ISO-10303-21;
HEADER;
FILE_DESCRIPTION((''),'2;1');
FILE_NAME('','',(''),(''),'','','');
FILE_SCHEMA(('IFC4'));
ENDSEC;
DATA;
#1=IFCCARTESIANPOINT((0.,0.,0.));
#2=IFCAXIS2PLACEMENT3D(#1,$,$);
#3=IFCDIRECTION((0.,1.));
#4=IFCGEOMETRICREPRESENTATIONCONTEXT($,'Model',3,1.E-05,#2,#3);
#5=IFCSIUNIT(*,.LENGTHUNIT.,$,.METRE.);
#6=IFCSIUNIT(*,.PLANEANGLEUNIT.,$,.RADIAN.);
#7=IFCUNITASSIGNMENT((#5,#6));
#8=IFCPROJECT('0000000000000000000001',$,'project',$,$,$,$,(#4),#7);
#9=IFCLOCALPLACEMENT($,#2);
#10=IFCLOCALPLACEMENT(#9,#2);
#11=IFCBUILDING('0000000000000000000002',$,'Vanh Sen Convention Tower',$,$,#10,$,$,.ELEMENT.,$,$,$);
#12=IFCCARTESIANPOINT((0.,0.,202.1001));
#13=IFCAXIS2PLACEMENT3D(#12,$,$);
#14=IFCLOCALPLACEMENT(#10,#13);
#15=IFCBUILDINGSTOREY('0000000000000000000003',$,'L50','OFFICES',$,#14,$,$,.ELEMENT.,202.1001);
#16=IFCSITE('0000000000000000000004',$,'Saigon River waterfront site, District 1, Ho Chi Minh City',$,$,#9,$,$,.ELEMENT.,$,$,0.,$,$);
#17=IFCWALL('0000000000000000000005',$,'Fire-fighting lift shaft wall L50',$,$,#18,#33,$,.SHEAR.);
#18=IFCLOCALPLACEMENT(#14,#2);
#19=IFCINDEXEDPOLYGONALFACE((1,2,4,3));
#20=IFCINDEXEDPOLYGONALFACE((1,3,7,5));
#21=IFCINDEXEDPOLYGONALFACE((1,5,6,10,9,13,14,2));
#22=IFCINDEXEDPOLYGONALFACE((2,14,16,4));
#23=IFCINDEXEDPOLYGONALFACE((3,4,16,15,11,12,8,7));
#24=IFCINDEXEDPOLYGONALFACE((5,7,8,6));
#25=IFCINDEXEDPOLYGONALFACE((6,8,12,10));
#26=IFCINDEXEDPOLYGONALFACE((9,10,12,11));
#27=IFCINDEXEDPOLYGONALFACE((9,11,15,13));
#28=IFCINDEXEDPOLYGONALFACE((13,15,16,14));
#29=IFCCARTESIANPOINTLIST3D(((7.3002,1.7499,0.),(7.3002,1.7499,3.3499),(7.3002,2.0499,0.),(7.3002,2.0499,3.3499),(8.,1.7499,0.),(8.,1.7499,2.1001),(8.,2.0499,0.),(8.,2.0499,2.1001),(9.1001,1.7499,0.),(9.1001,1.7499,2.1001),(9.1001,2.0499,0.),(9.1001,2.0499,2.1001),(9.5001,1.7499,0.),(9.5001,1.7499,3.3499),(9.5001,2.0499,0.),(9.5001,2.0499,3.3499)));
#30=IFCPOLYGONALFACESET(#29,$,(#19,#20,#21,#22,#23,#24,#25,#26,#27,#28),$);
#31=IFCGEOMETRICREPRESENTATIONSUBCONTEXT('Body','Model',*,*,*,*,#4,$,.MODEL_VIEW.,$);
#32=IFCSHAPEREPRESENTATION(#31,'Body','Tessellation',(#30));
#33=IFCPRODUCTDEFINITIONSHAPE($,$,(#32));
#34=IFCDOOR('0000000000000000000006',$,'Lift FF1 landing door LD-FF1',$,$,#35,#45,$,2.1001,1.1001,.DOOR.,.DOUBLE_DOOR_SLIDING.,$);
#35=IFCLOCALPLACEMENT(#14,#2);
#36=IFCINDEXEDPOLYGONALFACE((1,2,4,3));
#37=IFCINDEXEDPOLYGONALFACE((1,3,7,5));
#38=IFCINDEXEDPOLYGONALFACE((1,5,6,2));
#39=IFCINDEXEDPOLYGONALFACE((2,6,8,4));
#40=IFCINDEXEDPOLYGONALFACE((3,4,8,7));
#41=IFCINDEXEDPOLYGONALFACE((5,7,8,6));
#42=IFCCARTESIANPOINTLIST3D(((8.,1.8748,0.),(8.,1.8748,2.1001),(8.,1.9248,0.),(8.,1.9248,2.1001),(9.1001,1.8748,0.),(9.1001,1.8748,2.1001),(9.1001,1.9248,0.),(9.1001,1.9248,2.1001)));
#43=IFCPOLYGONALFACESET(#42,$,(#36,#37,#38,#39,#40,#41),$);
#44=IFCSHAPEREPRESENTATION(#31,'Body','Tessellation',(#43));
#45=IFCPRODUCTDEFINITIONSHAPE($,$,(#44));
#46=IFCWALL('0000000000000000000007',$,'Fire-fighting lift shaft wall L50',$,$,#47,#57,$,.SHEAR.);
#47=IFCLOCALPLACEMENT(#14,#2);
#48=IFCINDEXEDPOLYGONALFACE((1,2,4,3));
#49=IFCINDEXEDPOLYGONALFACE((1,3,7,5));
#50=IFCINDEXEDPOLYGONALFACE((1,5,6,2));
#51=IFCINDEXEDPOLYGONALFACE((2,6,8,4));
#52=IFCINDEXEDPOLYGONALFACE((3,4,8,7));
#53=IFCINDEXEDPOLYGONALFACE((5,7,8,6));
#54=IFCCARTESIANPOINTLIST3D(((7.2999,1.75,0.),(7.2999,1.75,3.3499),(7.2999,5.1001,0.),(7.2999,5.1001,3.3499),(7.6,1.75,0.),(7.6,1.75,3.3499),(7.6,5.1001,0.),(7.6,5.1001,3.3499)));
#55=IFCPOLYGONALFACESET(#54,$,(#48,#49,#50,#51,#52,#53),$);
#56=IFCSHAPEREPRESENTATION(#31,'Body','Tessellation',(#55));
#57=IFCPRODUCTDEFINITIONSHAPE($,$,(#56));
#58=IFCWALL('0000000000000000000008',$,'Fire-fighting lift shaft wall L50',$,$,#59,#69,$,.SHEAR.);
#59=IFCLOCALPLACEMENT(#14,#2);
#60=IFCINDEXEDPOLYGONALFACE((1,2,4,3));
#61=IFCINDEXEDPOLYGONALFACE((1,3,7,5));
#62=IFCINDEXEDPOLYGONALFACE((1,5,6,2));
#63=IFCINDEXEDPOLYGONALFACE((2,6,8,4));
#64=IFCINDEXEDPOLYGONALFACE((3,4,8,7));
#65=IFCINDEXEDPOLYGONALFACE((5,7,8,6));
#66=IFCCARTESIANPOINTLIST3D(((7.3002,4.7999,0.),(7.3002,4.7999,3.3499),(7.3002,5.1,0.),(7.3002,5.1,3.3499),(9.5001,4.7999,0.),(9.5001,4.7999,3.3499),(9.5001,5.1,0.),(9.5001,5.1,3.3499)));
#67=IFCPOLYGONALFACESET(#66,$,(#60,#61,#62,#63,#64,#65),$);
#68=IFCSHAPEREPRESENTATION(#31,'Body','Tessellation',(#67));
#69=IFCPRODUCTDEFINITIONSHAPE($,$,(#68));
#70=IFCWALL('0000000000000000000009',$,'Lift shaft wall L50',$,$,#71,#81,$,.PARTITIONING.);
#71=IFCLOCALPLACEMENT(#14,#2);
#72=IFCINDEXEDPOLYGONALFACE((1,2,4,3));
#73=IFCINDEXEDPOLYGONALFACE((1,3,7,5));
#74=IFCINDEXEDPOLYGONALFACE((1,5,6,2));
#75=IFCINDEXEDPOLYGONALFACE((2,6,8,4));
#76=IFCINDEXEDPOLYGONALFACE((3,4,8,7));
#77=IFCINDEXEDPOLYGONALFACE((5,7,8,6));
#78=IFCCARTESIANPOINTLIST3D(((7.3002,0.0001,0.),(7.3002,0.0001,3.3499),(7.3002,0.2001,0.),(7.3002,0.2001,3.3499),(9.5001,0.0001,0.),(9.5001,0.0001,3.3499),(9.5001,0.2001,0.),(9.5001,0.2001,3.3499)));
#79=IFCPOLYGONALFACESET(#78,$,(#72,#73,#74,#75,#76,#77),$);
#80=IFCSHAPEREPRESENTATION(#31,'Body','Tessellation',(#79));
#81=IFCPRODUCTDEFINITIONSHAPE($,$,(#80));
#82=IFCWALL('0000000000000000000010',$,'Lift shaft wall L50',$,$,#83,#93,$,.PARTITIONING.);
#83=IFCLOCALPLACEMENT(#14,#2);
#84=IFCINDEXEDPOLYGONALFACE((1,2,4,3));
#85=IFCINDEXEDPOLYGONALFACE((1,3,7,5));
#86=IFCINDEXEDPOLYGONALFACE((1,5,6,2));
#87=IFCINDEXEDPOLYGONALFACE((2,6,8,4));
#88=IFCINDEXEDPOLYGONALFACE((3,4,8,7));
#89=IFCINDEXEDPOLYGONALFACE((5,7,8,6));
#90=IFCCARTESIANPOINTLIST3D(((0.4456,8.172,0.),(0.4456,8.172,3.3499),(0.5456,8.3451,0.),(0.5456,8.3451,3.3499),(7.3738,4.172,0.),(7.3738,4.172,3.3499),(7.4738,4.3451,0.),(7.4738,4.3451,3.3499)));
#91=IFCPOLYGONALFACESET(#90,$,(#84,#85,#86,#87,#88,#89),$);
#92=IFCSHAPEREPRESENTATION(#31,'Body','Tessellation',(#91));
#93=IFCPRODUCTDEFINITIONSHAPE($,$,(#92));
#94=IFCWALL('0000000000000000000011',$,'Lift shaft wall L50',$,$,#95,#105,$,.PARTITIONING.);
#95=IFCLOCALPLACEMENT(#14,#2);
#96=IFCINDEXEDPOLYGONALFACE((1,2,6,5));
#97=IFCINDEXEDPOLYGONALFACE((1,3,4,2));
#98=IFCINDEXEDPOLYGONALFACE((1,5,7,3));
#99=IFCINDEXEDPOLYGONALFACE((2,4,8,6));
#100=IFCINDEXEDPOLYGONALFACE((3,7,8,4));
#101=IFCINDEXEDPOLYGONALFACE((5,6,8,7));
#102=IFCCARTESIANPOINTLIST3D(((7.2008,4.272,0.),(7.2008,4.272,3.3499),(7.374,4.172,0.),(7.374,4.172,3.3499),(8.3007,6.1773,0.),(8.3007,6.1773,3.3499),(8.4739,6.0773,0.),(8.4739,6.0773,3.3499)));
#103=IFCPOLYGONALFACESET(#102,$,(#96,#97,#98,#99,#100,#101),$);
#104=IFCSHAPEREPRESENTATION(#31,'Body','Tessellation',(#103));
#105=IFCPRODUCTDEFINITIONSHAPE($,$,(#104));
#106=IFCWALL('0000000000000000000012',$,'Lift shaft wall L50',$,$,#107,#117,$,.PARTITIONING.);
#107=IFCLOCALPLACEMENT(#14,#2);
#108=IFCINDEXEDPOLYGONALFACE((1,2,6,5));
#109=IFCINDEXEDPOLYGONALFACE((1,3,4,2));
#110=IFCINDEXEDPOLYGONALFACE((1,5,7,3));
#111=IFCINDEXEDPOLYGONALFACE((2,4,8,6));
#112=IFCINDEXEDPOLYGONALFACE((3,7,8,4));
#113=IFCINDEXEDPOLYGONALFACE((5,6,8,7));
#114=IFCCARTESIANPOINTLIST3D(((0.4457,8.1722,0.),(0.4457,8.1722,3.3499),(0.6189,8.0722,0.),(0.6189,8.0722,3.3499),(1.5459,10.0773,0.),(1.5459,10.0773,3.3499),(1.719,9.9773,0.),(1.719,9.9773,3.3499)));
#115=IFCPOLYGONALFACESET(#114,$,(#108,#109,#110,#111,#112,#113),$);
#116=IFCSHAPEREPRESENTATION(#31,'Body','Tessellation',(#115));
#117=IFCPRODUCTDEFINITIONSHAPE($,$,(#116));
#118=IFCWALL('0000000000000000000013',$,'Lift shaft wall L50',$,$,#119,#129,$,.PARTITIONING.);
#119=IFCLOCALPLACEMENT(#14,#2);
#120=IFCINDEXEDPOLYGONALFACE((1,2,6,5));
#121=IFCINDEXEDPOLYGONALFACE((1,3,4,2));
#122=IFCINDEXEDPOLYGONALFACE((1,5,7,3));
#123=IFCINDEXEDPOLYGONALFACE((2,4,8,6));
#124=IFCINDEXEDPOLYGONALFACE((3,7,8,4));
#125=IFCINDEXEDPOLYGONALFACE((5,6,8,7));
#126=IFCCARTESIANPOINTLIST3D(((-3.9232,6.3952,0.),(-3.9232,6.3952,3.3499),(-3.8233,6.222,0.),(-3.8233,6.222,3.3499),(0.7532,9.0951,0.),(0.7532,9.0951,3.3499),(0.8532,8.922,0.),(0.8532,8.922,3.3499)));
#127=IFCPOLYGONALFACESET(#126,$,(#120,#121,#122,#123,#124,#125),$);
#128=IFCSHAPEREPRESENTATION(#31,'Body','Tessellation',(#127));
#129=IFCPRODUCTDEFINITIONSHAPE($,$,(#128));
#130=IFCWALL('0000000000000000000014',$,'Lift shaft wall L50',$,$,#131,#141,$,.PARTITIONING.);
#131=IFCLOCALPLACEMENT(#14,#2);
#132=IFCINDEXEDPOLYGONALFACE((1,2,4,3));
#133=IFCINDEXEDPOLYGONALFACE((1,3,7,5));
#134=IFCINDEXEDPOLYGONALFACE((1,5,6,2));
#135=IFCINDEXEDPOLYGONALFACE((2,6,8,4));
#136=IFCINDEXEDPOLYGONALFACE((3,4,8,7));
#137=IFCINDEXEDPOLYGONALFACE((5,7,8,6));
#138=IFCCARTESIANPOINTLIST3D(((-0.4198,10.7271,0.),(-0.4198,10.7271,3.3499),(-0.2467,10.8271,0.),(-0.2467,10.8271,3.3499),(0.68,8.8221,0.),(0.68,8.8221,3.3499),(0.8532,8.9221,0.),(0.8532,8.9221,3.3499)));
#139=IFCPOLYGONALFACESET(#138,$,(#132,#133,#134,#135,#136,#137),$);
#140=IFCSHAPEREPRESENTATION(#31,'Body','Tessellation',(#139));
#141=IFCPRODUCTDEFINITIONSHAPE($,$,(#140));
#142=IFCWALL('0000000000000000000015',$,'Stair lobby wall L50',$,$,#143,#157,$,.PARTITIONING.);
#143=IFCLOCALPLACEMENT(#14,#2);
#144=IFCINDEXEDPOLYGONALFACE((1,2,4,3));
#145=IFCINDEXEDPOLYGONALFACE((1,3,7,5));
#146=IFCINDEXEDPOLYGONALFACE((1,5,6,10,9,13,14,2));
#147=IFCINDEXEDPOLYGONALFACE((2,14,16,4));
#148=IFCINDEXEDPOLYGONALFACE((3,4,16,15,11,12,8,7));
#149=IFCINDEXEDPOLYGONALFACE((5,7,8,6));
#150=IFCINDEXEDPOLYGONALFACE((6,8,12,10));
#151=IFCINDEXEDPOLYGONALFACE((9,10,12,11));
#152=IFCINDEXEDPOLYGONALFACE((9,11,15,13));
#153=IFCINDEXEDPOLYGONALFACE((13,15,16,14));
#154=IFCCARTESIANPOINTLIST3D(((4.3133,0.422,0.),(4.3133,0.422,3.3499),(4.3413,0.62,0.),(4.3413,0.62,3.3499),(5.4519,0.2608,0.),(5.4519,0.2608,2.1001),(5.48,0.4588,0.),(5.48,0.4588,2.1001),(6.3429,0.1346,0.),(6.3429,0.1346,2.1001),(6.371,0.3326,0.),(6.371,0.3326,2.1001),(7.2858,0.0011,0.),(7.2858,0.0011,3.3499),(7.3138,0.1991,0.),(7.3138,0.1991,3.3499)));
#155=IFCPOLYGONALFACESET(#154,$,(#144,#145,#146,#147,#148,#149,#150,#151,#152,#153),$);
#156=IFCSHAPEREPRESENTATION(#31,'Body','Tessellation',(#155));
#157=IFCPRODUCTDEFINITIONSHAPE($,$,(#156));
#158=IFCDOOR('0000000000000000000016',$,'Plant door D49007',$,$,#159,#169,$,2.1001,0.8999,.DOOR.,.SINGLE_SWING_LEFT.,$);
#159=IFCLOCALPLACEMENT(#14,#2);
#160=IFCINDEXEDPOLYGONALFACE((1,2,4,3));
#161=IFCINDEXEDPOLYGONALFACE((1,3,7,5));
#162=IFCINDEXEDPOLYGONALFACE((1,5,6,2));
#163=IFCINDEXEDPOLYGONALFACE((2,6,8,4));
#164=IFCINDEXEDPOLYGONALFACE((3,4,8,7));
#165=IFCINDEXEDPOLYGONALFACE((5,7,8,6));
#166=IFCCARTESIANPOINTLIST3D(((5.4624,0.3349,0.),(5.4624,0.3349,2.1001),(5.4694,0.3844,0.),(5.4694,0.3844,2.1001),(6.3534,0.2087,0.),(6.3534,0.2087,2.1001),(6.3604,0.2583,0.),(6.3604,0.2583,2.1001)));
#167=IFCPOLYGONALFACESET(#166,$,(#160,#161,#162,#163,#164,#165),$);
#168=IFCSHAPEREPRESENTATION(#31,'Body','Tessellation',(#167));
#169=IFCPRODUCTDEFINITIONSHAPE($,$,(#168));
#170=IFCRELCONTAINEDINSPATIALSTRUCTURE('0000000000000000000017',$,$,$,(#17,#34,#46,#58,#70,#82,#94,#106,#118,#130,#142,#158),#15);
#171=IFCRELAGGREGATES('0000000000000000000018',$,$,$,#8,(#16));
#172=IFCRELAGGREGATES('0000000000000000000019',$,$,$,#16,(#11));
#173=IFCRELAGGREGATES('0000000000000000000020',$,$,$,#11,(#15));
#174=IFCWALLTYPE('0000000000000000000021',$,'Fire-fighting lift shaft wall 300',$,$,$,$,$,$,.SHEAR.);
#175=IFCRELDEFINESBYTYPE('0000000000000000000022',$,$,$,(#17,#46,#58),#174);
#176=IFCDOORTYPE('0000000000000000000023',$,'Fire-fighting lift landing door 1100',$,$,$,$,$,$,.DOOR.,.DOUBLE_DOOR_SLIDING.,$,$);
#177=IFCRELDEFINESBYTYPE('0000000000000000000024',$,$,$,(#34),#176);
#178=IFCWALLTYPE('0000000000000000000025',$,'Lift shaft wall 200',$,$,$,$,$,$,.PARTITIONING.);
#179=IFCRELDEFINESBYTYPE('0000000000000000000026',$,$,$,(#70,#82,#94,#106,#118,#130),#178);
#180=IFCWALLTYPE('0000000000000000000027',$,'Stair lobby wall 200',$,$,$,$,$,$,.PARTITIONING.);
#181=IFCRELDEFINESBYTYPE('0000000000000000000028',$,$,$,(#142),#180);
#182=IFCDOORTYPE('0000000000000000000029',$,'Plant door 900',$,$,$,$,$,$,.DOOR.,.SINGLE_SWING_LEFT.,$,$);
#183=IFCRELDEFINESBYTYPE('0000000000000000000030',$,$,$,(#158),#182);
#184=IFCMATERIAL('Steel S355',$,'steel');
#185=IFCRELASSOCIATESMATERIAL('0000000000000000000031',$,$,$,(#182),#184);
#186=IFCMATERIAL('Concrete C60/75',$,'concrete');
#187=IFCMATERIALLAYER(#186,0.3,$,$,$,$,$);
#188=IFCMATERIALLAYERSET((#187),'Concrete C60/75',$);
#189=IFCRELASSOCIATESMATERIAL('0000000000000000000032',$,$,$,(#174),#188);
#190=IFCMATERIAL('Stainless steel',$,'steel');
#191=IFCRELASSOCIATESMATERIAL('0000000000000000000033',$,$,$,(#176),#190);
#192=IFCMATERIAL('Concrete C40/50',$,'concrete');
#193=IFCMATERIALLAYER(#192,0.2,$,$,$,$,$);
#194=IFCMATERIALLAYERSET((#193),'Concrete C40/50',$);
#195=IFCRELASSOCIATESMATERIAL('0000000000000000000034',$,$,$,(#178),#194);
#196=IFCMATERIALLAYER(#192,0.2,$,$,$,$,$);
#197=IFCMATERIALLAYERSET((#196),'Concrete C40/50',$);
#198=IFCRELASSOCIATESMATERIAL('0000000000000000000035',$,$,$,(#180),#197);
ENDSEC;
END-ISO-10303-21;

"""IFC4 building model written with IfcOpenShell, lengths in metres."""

from ifc_helpers import new_model, si_unit, direction, frame, frame_2d, origin, place, context, subcontext, project, spatial, rectangle, extrude, material, layer, layer_set, type_object, element, fill, save


model = new_model("IFC4")

# Units and contexts
model_context = context("Model", 3, precision=1e-05, world=origin(), true_north=direction((0.0, 1.0)))
body_context = subcontext(model_context, "Body", "Model", "MODEL_VIEW")
ifc_project = project(units=[si_unit("LENGTHUNIT", "METRE"), si_unit("PLANEANGLEUNIT", "RADIAN")], contexts=[model_context])

# Site, building, storey
site_placement = place(None, origin())
site = spatial("IfcSite", under=ifc_project, at=site_placement, Name="Saigon River waterfront site, District 1, Ho Chi Minh City", CompositionType="ELEMENT", RefElevation=0.0)
building_placement = place(site_placement, origin())
building = spatial("IfcBuilding", under=site, at=building_placement, Name="Vanh Sen Convention Tower", CompositionType="ELEMENT")
storey_placement = place(building_placement, frame((0.0, 0.0, 202.1001)))
storey = spatial("IfcBuildingStorey", under=building, at=storey_placement, Name="L50", Description="OFFICES", CompositionType="ELEMENT", Elevation=202.1001)

# Shared definitions
ifc_material_1 = material(Name="Concrete C40/50", Category="concrete")

# Shared definitions
ifc_material_2 = material(Name="Steel S355", Category="steel")
door_type_1 = type_object("IfcDoorType", Name="Plant door 900", OperationType="SINGLE_SWING_LEFT", PredefinedType="DOOR", material=ifc_material_2)

# Wall, opening, door
ifc_material_3 = material(Name="Concrete C60/75", Category="concrete")
ifc_layer_1 = layer(ifc_material_3, 0.3)
ifc_layer_set_1 = layer_set([ifc_layer_1], Name="Concrete C60/75")
wall_type_1 = type_object("IfcWallType", Name="Fire-fighting lift shaft wall 300", PredefinedType="SHEAR", material=ifc_layer_set_1)
wall_1_placement = place(storey_placement, frame((7.3, 1.8999, 0.0), z_axis=(0.0, 0.0, 1.0), x_axis=(1.0, 0.0, 0.0)))
wall_1 = element("IfcWall", 1, at=wall_1_placement, inside=storey, type_object=wall_type_1, Name="Fire-fighting lift shaft wall L50", PredefinedType="SHEAR", context=body_context, shape_type="SweptSolid", body=[
    extrude(rectangle(XDim=2.2, YDim=0.3, at=frame_2d((1.1001, 0.0))), origin(), (0.0, 0.0, 1.0), 3.3499),
])
opening_1_placement = place(wall_1_placement, frame((0.7, 0.0, 0.0)))
opening_1 = element("IfcOpeningElement", 2, at=opening_1_placement, cuts=wall_1, PredefinedType="OPENING", context=body_context, shape_type="SweptSolid", body=[
    extrude(rectangle(XDim=1.1001, YDim=2.1001, at=frame_2d((0.55, 1.05))), frame((0.0, 0.1599, 0.0), z_axis=(0.0, -1.0, 0.0), x_axis=(1.0, 0.0, 0.0)), (0.0, 0.0, 1.0), 0.3201),
])
ifc_material_4 = material(Name="Stainless steel", Category="steel")
door_type_2 = type_object("IfcDoorType", Name="Fire-fighting lift landing door 1100", OperationType="DOUBLE_DOOR_SLIDING", PredefinedType="DOOR", material=ifc_material_4)
door_1_placement = place(opening_1_placement, origin())
door_1 = element("IfcDoor", 3, at=door_1_placement, inside=storey, type_object=door_type_2, Name="Lift FF1 landing door LD-FF1", OperationType="DOUBLE_DOOR_SLIDING", OverallHeight=2.1001, OverallWidth=1.1001, PredefinedType="DOOR", context=body_context, shape_type="SweptSolid", body=[
    extrude(rectangle(XDim=1.1001, YDim=2.1001, at=frame_2d((0.55, 1.05))), frame((0.0, 0.0249, 0.0), z_axis=(0.0, -1.0, 0.0), x_axis=(1.0, 0.0, 0.0)), (0.0, 0.0, 1.0), 0.05),
])
fill(opening_1, door_1)

# Walls
wall_2_placement = place(storey_placement, frame((7.45, 1.75, 0.0), z_axis=(0.0, 0.0, 1.0), x_axis=(0.0, 1.0, 0.0)))
element("IfcWall", 4, at=wall_2_placement, inside=storey, type_object=wall_type_1, Name="Fire-fighting lift shaft wall L50", PredefinedType="SHEAR", context=body_context, shape_type="SweptSolid", body=[
    extrude(rectangle(XDim=3.3501, YDim=0.3, at=frame_2d((1.675, 0.0))), origin(), (0.0, 0.0, 1.0), 3.3499),
])
wall_3_placement = place(storey_placement, frame((7.3, 4.95, 0.0), z_axis=(0.0, 0.0, 1.0), x_axis=(1.0, 0.0, 0.0)))
element("IfcWall", 5, at=wall_3_placement, inside=storey, type_object=wall_type_1, Name="Fire-fighting lift shaft wall L50", PredefinedType="SHEAR", context=body_context, shape_type="SweptSolid", body=[
    extrude(rectangle(XDim=2.2, YDim=0.3, at=frame_2d((1.1001, 0.0))), origin(), (0.0, 0.0, 1.0), 3.3499),
])
ifc_layer_2 = layer(ifc_material_1, 0.2)
ifc_layer_set_2 = layer_set([ifc_layer_2], Name="Concrete C40/50")
wall_type_2 = type_object("IfcWallType", Name="Lift shaft wall 200", PredefinedType="PARTITIONING", material=ifc_layer_set_2)
wall_4_placement = place(storey_placement, frame((7.3, 0.1001, 0.0), z_axis=(0.0, 0.0, 1.0), x_axis=(1.0, 0.0, 0.0)))
element("IfcWall", 6, at=wall_4_placement, inside=storey, type_object=wall_type_2, Name="Lift shaft wall L50", PredefinedType="PARTITIONING", context=body_context, shape_type="SweptSolid", body=[
    extrude(rectangle(XDim=2.2, YDim=0.2, at=frame_2d((1.1001, 0.0))), origin(), (0.0, 0.0, 1.0), 3.3499),
])
wall_5_placement = place(storey_placement, frame((7.4238, 4.2585, 0.0), z_axis=(0.0, 0.0, 1.0), x_axis=(-0.866026, 0.499999, 0.0)))
element("IfcWall", 7, at=wall_5_placement, inside=storey, type_object=wall_type_2, Name="Lift shaft wall L50", PredefinedType="PARTITIONING", context=body_context, shape_type="SweptSolid", body=[
    extrude(rectangle(XDim=8.0, YDim=0.2, at=frame_2d((4.0, 0.0))), origin(), (0.0, 0.0, 1.0), 3.3499),
])
for number, where, z_axis, x_axis, name in (
    (8, (7.2874, 4.2219, 0.0), (0.0, 0.0, 1.0), (0.499947, 0.866056, 0.0), "Lift shaft wall L50"),
    (9, (0.5322, 8.1221, 0.0), (0.0, 0.0, 1.0), (0.500078, 0.86598, 0.0), "Lift shaft wall L50"),
):
    element("IfcWall", number, at=place(storey_placement, frame(where, z_axis=z_axis, x_axis=x_axis)), inside=storey, type_object=wall_type_2, Name=name, PredefinedType="PARTITIONING", context=body_context, shape_type="SweptSolid", body=[
        extrude(rectangle(XDim=2.2, YDim=0.2, at=frame_2d((1.1001, 0.0))), origin(), (0.0, 0.0, 1.0), 3.3499),
    ])
wall_6_placement = place(storey_placement, frame((0.8032, 9.0085, 0.0), z_axis=(0.0, 0.0, 1.0), x_axis=(-0.866028, -0.499995, 0.0)))
element("IfcWall", 10, at=wall_6_placement, inside=storey, type_object=wall_type_2, Name="Lift shaft wall L50", PredefinedType="PARTITIONING", context=body_context, shape_type="SweptSolid", body=[
    extrude(rectangle(XDim=5.3999, YDim=0.2, at=frame_2d((2.7, 0.0))), origin(), (0.0, 0.0, 1.0), 3.3499),
])
wall_7_placement = place(storey_placement, frame((0.7666, 8.8721, 0.0), z_axis=(0.0, 0.0, 1.0), x_axis=(-0.499995, 0.866028, 0.0)))
element("IfcWall", 11, at=wall_7_placement, inside=storey, type_object=wall_type_2, Name="Lift shaft wall L50", PredefinedType="PARTITIONING", context=body_context, shape_type="SweptSolid", body=[
    extrude(rectangle(XDim=2.1997, YDim=0.2, at=frame_2d((1.0999, 0.0))), origin(), (0.0, 0.0, 1.0), 3.3499),
])

# Wall, opening, door
ifc_layer_3 = layer(ifc_material_1, 0.2)
ifc_layer_set_3 = layer_set([ifc_layer_3], Name="Concrete C40/50")
wall_type_3 = type_object("IfcWallType", Name="Stair lobby wall 200", PredefinedType="PARTITIONING", material=ifc_layer_set_3)
wall_8_placement = place(storey_placement, frame((4.3274, 0.521, 0.0), z_axis=(0.0, 0.0, 1.0), x_axis=(0.990124, -0.140192, 0.0)))
wall_8 = element("IfcWall", 12, at=wall_8_placement, inside=storey, type_object=wall_type_3, Name="Stair lobby wall L50", PredefinedType="PARTITIONING", context=body_context, shape_type="SweptSolid", body=[
    extrude(rectangle(XDim=3.0022, YDim=0.2, at=frame_2d((1.501, 0.0))), origin(), (0.0, 0.0, 1.0), 3.3499),
])
opening_2_placement = place(wall_8_placement, frame((1.1499, 0.0, 0.0)))
opening_2 = element("IfcOpeningElement", 13, at=opening_2_placement, cuts=wall_8, PredefinedType="OPENING", context=body_context, shape_type="SweptSolid", body=[
    extrude(rectangle(XDim=0.8999, YDim=2.1001, at=frame_2d((0.45, 1.05))), frame((0.0, 0.1099, 0.0), z_axis=(0.0, -1.0, 0.0), x_axis=(1.0, 0.0, 0.0)), (0.0, 0.0, 1.0), 0.22),
])
door_2_placement = place(opening_2_placement, origin())
door_2 = element("IfcDoor", 14, at=door_2_placement, inside=storey, type_object=door_type_1, Name="Plant door D49007", OperationType="SINGLE_SWING_LEFT", OverallHeight=2.1001, OverallWidth=0.8999, PredefinedType="DOOR", context=body_context, shape_type="SweptSolid", body=[
    extrude(rectangle(XDim=0.8999, YDim=2.1001, at=frame_2d((0.45, 1.05))), frame((0.0, 0.0249, 0.0), z_axis=(0.0, -1.0, 0.0), x_axis=(1.0, 0.0, 0.0)), (0.0, 0.0, 1.0), 0.05),
])
fill(opening_2, door_2)

save(model, "model.ifc")
